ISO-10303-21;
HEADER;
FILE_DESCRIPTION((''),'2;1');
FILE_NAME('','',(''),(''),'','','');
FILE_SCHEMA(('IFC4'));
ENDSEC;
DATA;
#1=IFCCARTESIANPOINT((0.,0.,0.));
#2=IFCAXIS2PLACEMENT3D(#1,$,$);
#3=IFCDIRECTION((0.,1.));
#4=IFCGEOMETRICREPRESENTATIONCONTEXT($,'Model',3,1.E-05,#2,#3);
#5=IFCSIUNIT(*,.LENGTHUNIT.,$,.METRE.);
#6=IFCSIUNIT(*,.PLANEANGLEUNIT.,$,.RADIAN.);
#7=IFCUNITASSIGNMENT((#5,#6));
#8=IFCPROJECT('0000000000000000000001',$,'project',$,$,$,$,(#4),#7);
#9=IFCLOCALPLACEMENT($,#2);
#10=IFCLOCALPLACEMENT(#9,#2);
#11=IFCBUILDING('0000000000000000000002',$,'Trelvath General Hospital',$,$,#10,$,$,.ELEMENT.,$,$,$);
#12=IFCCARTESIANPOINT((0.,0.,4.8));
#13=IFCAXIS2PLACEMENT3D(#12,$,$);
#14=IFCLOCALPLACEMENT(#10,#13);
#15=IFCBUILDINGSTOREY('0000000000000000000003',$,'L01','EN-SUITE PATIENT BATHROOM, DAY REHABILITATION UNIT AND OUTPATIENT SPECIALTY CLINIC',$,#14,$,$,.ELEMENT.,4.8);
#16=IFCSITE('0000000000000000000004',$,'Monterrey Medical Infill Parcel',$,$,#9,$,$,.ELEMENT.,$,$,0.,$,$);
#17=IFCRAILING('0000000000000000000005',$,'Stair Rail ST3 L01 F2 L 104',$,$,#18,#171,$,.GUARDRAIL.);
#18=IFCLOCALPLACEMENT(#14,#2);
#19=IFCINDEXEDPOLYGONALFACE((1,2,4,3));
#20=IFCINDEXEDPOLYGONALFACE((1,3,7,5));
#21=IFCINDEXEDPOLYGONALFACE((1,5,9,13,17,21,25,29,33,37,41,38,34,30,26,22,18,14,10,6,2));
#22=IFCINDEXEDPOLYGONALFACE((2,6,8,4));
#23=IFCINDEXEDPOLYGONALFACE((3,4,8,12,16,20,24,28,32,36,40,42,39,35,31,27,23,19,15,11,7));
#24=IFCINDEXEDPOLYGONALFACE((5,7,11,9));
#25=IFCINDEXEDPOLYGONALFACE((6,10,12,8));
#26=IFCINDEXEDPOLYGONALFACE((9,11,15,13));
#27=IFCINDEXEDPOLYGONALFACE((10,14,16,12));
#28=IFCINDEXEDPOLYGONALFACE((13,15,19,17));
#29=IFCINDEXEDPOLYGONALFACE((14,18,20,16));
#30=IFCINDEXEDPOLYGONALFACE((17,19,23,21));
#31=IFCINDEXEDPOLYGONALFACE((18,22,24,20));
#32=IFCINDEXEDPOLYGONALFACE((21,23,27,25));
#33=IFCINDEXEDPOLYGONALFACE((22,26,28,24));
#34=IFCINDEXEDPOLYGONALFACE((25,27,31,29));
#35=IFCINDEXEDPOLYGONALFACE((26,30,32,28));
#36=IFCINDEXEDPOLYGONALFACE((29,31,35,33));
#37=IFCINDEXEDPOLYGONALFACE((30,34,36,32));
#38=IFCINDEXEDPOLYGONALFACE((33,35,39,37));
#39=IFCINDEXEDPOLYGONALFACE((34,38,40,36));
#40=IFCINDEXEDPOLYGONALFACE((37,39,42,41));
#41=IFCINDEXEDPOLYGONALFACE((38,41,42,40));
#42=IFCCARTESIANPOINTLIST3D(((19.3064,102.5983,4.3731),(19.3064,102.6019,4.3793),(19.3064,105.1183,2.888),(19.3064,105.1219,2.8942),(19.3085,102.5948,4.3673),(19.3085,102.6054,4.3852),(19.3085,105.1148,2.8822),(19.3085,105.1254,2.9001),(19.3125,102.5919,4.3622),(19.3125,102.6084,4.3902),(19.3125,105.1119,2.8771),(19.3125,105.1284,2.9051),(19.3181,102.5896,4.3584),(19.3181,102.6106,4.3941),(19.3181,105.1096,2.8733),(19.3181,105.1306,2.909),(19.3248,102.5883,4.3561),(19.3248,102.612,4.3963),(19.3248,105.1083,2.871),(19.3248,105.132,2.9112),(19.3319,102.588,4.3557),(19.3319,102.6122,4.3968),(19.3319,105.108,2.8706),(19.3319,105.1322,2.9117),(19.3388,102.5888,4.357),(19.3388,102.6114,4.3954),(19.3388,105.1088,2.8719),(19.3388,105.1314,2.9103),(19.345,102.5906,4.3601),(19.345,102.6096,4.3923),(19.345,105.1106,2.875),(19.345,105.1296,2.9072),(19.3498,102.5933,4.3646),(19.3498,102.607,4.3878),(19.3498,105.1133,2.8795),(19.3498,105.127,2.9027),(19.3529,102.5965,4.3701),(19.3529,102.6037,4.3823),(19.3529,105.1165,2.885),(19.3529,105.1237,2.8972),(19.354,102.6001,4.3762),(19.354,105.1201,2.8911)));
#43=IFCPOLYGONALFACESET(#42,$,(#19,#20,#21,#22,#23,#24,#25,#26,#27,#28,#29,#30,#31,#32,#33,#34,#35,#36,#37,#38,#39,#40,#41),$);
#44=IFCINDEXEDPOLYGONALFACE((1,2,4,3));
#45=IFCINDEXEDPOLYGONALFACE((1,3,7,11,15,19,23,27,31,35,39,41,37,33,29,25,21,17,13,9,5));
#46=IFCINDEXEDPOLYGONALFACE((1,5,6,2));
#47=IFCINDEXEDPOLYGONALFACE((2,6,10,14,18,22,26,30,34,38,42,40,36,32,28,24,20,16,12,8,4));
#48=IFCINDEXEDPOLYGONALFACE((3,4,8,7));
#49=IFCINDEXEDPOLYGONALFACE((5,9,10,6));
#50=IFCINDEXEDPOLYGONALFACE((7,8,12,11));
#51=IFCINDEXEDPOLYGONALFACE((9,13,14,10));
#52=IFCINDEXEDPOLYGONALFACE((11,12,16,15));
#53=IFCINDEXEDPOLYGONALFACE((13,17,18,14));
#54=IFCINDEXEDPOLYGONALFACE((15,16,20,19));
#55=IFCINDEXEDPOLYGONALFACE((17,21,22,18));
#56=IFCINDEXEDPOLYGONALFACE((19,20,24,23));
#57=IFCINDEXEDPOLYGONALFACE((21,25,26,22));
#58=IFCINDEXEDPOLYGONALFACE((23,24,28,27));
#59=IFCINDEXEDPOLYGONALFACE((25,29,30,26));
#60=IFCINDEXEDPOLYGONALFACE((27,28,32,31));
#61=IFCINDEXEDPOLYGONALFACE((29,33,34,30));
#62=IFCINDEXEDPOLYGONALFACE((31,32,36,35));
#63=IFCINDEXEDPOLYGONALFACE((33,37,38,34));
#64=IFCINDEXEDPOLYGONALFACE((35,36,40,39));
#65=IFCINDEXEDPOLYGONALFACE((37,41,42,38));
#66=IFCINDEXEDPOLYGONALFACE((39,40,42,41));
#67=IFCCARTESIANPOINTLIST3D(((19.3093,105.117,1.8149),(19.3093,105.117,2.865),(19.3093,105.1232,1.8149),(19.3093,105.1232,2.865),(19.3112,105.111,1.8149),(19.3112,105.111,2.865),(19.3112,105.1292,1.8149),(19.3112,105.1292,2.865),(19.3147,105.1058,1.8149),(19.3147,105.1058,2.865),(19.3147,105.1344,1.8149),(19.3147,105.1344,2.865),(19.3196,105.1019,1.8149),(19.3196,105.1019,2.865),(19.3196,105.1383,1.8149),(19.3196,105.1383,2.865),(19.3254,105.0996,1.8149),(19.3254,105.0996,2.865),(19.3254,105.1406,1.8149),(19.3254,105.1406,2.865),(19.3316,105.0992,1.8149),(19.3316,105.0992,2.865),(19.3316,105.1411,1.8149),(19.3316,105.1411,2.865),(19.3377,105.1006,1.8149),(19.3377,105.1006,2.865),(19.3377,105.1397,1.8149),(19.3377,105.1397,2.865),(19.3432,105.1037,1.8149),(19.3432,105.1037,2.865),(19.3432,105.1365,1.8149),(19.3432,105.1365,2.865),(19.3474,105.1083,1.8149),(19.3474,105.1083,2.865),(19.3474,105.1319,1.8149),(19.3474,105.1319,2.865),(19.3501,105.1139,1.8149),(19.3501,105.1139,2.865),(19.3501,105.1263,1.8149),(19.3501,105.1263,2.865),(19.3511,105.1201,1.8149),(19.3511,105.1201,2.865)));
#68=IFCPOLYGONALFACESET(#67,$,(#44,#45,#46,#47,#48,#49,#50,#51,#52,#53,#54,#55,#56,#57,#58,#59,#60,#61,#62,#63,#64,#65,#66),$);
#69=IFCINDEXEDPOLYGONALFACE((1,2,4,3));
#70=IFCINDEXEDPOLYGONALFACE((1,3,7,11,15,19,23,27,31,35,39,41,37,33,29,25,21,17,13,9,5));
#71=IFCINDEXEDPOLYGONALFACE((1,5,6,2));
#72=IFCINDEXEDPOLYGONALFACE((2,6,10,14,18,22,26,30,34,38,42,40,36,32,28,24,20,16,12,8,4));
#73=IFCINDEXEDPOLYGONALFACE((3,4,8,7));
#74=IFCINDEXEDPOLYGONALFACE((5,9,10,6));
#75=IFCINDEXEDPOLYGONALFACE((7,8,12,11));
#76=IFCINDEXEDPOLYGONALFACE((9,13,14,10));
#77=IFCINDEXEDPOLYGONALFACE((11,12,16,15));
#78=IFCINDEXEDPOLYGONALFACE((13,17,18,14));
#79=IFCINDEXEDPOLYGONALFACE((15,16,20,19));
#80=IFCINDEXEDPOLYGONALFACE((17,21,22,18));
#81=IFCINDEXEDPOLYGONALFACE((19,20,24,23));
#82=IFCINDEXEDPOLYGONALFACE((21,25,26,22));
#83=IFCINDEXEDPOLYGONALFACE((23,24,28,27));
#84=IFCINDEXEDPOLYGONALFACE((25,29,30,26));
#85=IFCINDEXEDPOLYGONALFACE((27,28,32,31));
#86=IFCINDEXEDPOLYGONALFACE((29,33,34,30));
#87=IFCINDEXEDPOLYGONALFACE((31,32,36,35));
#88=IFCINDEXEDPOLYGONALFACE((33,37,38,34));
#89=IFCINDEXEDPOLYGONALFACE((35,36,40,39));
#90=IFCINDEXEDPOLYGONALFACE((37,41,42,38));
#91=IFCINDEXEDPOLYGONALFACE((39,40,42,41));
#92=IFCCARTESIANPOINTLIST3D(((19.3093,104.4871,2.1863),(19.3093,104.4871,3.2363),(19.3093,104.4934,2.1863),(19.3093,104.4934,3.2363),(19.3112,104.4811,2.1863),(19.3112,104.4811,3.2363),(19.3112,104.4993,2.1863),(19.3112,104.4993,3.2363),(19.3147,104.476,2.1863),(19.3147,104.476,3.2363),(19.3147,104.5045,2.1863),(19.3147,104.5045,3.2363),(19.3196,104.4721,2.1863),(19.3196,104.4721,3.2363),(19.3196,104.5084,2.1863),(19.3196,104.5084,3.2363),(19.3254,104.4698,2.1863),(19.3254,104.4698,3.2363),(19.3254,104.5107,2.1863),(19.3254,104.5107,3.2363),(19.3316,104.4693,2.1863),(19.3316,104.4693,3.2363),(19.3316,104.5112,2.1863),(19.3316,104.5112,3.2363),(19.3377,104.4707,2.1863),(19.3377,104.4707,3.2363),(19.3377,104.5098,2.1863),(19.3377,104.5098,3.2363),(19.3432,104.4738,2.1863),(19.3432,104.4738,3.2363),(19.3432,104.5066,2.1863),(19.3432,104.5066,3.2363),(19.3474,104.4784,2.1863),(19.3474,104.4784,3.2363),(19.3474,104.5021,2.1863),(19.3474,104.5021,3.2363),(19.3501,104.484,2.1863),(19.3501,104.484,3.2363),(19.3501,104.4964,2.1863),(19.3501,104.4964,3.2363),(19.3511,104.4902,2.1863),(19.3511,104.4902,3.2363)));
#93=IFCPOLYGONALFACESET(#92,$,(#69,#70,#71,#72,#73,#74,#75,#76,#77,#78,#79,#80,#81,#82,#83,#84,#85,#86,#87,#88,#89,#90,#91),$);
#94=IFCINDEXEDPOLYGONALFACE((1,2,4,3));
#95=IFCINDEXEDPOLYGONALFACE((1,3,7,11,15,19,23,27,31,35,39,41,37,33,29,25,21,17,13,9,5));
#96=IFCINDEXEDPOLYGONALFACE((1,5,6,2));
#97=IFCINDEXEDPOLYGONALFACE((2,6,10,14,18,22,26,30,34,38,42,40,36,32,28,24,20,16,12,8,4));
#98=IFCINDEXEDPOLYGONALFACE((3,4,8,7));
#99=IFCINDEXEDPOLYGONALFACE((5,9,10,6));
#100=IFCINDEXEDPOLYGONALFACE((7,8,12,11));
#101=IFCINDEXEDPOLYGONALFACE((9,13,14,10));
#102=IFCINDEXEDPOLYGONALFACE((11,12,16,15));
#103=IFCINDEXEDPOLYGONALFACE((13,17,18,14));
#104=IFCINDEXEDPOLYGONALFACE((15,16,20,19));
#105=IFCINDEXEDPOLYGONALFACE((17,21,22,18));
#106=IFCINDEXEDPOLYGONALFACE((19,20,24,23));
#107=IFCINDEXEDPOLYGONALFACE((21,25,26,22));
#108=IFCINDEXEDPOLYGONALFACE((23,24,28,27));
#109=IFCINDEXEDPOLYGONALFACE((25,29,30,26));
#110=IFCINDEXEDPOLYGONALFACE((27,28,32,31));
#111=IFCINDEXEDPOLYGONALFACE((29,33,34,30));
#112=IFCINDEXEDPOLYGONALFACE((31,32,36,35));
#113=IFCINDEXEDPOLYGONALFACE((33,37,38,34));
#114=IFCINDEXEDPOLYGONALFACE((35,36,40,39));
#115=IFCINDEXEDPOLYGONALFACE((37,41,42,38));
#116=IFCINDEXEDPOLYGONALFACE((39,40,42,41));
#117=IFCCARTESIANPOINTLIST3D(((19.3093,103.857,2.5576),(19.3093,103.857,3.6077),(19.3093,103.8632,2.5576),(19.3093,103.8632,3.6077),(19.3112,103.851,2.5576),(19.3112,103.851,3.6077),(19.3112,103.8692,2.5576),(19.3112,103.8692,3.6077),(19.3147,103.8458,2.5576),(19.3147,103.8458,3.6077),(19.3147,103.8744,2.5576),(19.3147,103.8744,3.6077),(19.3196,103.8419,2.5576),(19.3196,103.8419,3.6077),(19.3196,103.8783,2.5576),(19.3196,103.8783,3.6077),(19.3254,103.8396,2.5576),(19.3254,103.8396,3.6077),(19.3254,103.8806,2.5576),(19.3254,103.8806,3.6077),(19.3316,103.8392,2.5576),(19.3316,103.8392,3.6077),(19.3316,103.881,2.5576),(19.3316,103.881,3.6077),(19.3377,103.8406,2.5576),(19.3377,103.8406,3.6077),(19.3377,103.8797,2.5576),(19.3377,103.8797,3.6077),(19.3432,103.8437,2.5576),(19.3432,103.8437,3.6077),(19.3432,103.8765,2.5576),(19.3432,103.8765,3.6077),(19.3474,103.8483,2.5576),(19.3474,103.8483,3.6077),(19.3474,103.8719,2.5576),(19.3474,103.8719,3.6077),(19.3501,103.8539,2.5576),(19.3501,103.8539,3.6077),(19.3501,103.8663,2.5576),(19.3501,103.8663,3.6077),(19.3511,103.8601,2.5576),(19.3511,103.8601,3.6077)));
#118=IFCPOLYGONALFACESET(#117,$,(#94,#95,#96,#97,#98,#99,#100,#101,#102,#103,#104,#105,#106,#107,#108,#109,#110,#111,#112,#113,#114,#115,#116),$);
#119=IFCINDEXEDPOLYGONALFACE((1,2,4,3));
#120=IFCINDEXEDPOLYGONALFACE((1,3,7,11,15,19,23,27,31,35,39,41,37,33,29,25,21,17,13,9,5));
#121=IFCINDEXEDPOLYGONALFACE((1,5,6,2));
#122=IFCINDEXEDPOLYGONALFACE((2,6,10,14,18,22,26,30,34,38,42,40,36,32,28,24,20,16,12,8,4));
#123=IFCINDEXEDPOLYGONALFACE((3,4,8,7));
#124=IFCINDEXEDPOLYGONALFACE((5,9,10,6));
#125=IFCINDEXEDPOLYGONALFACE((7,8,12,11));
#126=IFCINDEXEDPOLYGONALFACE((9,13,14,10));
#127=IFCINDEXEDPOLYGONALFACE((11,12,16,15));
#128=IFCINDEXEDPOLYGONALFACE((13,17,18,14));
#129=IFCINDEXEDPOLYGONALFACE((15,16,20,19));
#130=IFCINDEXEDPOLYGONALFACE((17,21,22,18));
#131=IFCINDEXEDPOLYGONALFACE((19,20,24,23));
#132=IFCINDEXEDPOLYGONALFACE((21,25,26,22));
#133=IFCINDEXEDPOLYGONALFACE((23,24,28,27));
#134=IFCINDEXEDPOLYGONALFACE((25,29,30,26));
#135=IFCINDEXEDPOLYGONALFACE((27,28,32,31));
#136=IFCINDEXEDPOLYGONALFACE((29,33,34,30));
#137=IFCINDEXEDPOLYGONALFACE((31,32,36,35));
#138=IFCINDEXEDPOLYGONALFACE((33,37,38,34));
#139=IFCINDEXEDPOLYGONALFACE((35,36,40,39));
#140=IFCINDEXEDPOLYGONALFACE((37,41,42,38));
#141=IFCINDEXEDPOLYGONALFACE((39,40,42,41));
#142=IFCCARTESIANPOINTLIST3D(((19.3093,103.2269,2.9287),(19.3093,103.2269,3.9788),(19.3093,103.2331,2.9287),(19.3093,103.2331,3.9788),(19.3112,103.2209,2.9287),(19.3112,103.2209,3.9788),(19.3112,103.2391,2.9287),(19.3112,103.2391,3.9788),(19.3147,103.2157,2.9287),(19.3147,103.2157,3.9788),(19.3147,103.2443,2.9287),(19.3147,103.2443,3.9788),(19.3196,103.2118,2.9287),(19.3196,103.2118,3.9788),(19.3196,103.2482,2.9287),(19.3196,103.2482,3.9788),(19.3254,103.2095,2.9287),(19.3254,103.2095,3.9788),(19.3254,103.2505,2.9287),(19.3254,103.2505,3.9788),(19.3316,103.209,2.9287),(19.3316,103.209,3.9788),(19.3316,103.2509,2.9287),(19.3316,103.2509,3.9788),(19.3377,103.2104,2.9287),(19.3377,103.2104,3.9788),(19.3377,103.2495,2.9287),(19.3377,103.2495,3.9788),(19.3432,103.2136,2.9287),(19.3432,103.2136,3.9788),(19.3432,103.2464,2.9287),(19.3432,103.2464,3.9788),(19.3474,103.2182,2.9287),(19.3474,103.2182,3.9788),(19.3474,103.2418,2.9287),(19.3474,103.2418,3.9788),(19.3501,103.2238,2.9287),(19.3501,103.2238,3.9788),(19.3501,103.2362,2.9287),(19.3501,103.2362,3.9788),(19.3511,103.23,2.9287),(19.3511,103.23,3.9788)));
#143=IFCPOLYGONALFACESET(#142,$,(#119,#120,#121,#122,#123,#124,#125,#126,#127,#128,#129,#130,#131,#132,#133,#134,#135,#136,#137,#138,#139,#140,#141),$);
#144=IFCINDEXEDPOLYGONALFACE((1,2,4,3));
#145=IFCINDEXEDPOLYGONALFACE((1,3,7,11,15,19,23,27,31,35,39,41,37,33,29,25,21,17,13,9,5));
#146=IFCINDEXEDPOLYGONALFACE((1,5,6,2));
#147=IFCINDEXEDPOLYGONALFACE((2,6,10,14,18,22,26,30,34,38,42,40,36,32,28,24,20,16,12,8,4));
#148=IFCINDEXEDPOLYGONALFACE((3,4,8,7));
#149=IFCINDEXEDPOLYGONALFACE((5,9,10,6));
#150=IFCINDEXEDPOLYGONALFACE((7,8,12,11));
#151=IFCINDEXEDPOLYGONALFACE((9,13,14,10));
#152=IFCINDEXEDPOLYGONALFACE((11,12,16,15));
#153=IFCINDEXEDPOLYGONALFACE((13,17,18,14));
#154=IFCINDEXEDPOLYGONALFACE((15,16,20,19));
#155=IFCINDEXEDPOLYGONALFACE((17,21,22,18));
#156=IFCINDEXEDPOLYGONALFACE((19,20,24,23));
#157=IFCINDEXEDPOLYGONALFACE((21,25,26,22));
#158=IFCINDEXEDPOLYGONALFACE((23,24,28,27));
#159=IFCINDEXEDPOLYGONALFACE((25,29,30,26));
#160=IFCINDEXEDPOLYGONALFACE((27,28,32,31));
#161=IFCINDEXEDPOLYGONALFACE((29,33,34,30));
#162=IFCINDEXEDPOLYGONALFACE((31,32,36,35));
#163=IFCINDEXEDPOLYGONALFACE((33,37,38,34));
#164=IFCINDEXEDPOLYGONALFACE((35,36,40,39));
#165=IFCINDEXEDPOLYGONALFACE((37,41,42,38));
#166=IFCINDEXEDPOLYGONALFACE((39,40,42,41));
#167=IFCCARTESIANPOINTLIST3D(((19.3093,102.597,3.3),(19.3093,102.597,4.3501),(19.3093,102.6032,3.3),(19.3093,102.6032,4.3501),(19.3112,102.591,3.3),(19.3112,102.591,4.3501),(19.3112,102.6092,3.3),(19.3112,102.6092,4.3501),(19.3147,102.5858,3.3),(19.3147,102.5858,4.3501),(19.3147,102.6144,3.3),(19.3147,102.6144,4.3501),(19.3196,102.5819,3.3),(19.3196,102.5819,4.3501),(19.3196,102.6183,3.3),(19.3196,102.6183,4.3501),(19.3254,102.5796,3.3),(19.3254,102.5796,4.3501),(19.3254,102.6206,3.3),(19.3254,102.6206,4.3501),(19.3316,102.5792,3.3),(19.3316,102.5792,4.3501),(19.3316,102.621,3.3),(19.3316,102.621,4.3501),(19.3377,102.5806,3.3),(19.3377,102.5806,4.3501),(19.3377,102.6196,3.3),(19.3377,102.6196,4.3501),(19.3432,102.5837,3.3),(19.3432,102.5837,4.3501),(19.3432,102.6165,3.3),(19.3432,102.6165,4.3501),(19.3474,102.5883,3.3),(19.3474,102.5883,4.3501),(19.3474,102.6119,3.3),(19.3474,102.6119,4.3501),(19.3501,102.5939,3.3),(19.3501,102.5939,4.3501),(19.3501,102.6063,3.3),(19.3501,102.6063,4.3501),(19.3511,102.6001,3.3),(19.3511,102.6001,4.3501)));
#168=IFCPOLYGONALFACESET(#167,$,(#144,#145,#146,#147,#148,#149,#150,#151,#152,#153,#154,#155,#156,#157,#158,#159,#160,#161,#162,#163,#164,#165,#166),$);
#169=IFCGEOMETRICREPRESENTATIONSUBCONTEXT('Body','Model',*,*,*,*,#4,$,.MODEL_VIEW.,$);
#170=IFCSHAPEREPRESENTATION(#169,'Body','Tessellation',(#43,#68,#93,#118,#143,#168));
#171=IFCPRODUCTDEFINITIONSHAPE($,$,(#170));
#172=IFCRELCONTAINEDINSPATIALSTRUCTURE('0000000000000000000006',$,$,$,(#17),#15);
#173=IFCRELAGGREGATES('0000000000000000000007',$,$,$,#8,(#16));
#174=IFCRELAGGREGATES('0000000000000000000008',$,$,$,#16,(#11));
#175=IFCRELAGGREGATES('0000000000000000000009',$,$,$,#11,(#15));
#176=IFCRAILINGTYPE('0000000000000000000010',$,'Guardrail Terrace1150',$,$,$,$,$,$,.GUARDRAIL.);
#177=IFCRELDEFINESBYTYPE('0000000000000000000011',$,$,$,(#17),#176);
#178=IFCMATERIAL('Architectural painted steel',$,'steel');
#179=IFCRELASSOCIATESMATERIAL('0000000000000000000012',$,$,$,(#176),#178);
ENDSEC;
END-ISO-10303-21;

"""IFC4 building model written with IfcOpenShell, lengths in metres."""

from ifc_helpers import new_model, si_unit, direction, frame, origin, origin_2d, place, context, subcontext, project, spatial, circle, extrude, material, type_object, element, save


model = new_model("IFC4")

# Units and contexts
model_context = context("Model", 3, precision=1e-05, world=origin(), true_north=direction((0.0, 1.0)))
body_context = subcontext(model_context, "Body", "Model", "MODEL_VIEW")
ifc_project = project(units=[si_unit("LENGTHUNIT", "METRE"), si_unit("PLANEANGLEUNIT", "RADIAN")], contexts=[model_context])

# Site, building, storey
site_placement = place(None, origin())
site = spatial("IfcSite", under=ifc_project, at=site_placement, Name="Monterrey Medical Infill Parcel", CompositionType="ELEMENT", RefElevation=0.0)
building_placement = place(site_placement, origin())
building = spatial("IfcBuilding", under=site, at=building_placement, Name="Trelvath General Hospital", CompositionType="ELEMENT")
storey_placement = place(building_placement, frame((0.0, 0.0, 4.8)))
storey = spatial("IfcBuildingStorey", under=building, at=storey_placement, Name="L01", Description="EN-SUITE PATIENT BATHROOM, DAY REHABILITATION UNIT AND OUTPATIENT SPECIALTY CLINIC", CompositionType="ELEMENT", Elevation=4.8)

# Railing
ifc_material_1 = material(Name="Architectural painted steel", Category="steel")
railing_type_1 = type_object("IfcRailingType", Name="Guardrail Terrace1150", PredefinedType="GUARDRAIL", material=ifc_material_1)
railing_1_placement = place(storey_placement, frame((19.3301, 105.1201, 1.8149)))
element("IfcRailing", 1, at=railing_1_placement, inside=storey, type_object=railing_type_1, Name="Stair Rail ST3 L01 F2 L 104", PredefinedType="GUARDRAIL", context=body_context, shape_type="SweptSolid", body=[
    extrude(circle(Radius=0.0239, at=origin_2d()), frame((0.0, 0.0, 1.0762), z_axis=(0.0, -0.861524, 0.507717), x_axis=(1.0, 0.0, 0.0)), (0.0, 0.0, 1.0), 2.925),
    extrude(circle(Radius=0.021, at=origin_2d()), origin(), (0.0, 0.0, 1.0), 1.05),
    extrude(circle(Radius=0.021, at=origin_2d()), frame((0.0, -0.6299, 0.3713)), (0.0, 0.0, 1.0), 1.05),
    extrude(circle(Radius=0.021, at=origin_2d()), frame((0.0, -1.26, 0.7427)), (0.0, 0.0, 1.0), 1.05),
    extrude(circle(Radius=0.021, at=origin_2d()), frame((0.0, -1.8901, 1.1138)), (0.0, 0.0, 1.0), 1.05),
    extrude(circle(Radius=0.021, at=origin_2d()), frame((0.0, -2.52, 1.4851)), (0.0, 0.0, 1.0), 1.05),
])

save(model, "model.ifc")
